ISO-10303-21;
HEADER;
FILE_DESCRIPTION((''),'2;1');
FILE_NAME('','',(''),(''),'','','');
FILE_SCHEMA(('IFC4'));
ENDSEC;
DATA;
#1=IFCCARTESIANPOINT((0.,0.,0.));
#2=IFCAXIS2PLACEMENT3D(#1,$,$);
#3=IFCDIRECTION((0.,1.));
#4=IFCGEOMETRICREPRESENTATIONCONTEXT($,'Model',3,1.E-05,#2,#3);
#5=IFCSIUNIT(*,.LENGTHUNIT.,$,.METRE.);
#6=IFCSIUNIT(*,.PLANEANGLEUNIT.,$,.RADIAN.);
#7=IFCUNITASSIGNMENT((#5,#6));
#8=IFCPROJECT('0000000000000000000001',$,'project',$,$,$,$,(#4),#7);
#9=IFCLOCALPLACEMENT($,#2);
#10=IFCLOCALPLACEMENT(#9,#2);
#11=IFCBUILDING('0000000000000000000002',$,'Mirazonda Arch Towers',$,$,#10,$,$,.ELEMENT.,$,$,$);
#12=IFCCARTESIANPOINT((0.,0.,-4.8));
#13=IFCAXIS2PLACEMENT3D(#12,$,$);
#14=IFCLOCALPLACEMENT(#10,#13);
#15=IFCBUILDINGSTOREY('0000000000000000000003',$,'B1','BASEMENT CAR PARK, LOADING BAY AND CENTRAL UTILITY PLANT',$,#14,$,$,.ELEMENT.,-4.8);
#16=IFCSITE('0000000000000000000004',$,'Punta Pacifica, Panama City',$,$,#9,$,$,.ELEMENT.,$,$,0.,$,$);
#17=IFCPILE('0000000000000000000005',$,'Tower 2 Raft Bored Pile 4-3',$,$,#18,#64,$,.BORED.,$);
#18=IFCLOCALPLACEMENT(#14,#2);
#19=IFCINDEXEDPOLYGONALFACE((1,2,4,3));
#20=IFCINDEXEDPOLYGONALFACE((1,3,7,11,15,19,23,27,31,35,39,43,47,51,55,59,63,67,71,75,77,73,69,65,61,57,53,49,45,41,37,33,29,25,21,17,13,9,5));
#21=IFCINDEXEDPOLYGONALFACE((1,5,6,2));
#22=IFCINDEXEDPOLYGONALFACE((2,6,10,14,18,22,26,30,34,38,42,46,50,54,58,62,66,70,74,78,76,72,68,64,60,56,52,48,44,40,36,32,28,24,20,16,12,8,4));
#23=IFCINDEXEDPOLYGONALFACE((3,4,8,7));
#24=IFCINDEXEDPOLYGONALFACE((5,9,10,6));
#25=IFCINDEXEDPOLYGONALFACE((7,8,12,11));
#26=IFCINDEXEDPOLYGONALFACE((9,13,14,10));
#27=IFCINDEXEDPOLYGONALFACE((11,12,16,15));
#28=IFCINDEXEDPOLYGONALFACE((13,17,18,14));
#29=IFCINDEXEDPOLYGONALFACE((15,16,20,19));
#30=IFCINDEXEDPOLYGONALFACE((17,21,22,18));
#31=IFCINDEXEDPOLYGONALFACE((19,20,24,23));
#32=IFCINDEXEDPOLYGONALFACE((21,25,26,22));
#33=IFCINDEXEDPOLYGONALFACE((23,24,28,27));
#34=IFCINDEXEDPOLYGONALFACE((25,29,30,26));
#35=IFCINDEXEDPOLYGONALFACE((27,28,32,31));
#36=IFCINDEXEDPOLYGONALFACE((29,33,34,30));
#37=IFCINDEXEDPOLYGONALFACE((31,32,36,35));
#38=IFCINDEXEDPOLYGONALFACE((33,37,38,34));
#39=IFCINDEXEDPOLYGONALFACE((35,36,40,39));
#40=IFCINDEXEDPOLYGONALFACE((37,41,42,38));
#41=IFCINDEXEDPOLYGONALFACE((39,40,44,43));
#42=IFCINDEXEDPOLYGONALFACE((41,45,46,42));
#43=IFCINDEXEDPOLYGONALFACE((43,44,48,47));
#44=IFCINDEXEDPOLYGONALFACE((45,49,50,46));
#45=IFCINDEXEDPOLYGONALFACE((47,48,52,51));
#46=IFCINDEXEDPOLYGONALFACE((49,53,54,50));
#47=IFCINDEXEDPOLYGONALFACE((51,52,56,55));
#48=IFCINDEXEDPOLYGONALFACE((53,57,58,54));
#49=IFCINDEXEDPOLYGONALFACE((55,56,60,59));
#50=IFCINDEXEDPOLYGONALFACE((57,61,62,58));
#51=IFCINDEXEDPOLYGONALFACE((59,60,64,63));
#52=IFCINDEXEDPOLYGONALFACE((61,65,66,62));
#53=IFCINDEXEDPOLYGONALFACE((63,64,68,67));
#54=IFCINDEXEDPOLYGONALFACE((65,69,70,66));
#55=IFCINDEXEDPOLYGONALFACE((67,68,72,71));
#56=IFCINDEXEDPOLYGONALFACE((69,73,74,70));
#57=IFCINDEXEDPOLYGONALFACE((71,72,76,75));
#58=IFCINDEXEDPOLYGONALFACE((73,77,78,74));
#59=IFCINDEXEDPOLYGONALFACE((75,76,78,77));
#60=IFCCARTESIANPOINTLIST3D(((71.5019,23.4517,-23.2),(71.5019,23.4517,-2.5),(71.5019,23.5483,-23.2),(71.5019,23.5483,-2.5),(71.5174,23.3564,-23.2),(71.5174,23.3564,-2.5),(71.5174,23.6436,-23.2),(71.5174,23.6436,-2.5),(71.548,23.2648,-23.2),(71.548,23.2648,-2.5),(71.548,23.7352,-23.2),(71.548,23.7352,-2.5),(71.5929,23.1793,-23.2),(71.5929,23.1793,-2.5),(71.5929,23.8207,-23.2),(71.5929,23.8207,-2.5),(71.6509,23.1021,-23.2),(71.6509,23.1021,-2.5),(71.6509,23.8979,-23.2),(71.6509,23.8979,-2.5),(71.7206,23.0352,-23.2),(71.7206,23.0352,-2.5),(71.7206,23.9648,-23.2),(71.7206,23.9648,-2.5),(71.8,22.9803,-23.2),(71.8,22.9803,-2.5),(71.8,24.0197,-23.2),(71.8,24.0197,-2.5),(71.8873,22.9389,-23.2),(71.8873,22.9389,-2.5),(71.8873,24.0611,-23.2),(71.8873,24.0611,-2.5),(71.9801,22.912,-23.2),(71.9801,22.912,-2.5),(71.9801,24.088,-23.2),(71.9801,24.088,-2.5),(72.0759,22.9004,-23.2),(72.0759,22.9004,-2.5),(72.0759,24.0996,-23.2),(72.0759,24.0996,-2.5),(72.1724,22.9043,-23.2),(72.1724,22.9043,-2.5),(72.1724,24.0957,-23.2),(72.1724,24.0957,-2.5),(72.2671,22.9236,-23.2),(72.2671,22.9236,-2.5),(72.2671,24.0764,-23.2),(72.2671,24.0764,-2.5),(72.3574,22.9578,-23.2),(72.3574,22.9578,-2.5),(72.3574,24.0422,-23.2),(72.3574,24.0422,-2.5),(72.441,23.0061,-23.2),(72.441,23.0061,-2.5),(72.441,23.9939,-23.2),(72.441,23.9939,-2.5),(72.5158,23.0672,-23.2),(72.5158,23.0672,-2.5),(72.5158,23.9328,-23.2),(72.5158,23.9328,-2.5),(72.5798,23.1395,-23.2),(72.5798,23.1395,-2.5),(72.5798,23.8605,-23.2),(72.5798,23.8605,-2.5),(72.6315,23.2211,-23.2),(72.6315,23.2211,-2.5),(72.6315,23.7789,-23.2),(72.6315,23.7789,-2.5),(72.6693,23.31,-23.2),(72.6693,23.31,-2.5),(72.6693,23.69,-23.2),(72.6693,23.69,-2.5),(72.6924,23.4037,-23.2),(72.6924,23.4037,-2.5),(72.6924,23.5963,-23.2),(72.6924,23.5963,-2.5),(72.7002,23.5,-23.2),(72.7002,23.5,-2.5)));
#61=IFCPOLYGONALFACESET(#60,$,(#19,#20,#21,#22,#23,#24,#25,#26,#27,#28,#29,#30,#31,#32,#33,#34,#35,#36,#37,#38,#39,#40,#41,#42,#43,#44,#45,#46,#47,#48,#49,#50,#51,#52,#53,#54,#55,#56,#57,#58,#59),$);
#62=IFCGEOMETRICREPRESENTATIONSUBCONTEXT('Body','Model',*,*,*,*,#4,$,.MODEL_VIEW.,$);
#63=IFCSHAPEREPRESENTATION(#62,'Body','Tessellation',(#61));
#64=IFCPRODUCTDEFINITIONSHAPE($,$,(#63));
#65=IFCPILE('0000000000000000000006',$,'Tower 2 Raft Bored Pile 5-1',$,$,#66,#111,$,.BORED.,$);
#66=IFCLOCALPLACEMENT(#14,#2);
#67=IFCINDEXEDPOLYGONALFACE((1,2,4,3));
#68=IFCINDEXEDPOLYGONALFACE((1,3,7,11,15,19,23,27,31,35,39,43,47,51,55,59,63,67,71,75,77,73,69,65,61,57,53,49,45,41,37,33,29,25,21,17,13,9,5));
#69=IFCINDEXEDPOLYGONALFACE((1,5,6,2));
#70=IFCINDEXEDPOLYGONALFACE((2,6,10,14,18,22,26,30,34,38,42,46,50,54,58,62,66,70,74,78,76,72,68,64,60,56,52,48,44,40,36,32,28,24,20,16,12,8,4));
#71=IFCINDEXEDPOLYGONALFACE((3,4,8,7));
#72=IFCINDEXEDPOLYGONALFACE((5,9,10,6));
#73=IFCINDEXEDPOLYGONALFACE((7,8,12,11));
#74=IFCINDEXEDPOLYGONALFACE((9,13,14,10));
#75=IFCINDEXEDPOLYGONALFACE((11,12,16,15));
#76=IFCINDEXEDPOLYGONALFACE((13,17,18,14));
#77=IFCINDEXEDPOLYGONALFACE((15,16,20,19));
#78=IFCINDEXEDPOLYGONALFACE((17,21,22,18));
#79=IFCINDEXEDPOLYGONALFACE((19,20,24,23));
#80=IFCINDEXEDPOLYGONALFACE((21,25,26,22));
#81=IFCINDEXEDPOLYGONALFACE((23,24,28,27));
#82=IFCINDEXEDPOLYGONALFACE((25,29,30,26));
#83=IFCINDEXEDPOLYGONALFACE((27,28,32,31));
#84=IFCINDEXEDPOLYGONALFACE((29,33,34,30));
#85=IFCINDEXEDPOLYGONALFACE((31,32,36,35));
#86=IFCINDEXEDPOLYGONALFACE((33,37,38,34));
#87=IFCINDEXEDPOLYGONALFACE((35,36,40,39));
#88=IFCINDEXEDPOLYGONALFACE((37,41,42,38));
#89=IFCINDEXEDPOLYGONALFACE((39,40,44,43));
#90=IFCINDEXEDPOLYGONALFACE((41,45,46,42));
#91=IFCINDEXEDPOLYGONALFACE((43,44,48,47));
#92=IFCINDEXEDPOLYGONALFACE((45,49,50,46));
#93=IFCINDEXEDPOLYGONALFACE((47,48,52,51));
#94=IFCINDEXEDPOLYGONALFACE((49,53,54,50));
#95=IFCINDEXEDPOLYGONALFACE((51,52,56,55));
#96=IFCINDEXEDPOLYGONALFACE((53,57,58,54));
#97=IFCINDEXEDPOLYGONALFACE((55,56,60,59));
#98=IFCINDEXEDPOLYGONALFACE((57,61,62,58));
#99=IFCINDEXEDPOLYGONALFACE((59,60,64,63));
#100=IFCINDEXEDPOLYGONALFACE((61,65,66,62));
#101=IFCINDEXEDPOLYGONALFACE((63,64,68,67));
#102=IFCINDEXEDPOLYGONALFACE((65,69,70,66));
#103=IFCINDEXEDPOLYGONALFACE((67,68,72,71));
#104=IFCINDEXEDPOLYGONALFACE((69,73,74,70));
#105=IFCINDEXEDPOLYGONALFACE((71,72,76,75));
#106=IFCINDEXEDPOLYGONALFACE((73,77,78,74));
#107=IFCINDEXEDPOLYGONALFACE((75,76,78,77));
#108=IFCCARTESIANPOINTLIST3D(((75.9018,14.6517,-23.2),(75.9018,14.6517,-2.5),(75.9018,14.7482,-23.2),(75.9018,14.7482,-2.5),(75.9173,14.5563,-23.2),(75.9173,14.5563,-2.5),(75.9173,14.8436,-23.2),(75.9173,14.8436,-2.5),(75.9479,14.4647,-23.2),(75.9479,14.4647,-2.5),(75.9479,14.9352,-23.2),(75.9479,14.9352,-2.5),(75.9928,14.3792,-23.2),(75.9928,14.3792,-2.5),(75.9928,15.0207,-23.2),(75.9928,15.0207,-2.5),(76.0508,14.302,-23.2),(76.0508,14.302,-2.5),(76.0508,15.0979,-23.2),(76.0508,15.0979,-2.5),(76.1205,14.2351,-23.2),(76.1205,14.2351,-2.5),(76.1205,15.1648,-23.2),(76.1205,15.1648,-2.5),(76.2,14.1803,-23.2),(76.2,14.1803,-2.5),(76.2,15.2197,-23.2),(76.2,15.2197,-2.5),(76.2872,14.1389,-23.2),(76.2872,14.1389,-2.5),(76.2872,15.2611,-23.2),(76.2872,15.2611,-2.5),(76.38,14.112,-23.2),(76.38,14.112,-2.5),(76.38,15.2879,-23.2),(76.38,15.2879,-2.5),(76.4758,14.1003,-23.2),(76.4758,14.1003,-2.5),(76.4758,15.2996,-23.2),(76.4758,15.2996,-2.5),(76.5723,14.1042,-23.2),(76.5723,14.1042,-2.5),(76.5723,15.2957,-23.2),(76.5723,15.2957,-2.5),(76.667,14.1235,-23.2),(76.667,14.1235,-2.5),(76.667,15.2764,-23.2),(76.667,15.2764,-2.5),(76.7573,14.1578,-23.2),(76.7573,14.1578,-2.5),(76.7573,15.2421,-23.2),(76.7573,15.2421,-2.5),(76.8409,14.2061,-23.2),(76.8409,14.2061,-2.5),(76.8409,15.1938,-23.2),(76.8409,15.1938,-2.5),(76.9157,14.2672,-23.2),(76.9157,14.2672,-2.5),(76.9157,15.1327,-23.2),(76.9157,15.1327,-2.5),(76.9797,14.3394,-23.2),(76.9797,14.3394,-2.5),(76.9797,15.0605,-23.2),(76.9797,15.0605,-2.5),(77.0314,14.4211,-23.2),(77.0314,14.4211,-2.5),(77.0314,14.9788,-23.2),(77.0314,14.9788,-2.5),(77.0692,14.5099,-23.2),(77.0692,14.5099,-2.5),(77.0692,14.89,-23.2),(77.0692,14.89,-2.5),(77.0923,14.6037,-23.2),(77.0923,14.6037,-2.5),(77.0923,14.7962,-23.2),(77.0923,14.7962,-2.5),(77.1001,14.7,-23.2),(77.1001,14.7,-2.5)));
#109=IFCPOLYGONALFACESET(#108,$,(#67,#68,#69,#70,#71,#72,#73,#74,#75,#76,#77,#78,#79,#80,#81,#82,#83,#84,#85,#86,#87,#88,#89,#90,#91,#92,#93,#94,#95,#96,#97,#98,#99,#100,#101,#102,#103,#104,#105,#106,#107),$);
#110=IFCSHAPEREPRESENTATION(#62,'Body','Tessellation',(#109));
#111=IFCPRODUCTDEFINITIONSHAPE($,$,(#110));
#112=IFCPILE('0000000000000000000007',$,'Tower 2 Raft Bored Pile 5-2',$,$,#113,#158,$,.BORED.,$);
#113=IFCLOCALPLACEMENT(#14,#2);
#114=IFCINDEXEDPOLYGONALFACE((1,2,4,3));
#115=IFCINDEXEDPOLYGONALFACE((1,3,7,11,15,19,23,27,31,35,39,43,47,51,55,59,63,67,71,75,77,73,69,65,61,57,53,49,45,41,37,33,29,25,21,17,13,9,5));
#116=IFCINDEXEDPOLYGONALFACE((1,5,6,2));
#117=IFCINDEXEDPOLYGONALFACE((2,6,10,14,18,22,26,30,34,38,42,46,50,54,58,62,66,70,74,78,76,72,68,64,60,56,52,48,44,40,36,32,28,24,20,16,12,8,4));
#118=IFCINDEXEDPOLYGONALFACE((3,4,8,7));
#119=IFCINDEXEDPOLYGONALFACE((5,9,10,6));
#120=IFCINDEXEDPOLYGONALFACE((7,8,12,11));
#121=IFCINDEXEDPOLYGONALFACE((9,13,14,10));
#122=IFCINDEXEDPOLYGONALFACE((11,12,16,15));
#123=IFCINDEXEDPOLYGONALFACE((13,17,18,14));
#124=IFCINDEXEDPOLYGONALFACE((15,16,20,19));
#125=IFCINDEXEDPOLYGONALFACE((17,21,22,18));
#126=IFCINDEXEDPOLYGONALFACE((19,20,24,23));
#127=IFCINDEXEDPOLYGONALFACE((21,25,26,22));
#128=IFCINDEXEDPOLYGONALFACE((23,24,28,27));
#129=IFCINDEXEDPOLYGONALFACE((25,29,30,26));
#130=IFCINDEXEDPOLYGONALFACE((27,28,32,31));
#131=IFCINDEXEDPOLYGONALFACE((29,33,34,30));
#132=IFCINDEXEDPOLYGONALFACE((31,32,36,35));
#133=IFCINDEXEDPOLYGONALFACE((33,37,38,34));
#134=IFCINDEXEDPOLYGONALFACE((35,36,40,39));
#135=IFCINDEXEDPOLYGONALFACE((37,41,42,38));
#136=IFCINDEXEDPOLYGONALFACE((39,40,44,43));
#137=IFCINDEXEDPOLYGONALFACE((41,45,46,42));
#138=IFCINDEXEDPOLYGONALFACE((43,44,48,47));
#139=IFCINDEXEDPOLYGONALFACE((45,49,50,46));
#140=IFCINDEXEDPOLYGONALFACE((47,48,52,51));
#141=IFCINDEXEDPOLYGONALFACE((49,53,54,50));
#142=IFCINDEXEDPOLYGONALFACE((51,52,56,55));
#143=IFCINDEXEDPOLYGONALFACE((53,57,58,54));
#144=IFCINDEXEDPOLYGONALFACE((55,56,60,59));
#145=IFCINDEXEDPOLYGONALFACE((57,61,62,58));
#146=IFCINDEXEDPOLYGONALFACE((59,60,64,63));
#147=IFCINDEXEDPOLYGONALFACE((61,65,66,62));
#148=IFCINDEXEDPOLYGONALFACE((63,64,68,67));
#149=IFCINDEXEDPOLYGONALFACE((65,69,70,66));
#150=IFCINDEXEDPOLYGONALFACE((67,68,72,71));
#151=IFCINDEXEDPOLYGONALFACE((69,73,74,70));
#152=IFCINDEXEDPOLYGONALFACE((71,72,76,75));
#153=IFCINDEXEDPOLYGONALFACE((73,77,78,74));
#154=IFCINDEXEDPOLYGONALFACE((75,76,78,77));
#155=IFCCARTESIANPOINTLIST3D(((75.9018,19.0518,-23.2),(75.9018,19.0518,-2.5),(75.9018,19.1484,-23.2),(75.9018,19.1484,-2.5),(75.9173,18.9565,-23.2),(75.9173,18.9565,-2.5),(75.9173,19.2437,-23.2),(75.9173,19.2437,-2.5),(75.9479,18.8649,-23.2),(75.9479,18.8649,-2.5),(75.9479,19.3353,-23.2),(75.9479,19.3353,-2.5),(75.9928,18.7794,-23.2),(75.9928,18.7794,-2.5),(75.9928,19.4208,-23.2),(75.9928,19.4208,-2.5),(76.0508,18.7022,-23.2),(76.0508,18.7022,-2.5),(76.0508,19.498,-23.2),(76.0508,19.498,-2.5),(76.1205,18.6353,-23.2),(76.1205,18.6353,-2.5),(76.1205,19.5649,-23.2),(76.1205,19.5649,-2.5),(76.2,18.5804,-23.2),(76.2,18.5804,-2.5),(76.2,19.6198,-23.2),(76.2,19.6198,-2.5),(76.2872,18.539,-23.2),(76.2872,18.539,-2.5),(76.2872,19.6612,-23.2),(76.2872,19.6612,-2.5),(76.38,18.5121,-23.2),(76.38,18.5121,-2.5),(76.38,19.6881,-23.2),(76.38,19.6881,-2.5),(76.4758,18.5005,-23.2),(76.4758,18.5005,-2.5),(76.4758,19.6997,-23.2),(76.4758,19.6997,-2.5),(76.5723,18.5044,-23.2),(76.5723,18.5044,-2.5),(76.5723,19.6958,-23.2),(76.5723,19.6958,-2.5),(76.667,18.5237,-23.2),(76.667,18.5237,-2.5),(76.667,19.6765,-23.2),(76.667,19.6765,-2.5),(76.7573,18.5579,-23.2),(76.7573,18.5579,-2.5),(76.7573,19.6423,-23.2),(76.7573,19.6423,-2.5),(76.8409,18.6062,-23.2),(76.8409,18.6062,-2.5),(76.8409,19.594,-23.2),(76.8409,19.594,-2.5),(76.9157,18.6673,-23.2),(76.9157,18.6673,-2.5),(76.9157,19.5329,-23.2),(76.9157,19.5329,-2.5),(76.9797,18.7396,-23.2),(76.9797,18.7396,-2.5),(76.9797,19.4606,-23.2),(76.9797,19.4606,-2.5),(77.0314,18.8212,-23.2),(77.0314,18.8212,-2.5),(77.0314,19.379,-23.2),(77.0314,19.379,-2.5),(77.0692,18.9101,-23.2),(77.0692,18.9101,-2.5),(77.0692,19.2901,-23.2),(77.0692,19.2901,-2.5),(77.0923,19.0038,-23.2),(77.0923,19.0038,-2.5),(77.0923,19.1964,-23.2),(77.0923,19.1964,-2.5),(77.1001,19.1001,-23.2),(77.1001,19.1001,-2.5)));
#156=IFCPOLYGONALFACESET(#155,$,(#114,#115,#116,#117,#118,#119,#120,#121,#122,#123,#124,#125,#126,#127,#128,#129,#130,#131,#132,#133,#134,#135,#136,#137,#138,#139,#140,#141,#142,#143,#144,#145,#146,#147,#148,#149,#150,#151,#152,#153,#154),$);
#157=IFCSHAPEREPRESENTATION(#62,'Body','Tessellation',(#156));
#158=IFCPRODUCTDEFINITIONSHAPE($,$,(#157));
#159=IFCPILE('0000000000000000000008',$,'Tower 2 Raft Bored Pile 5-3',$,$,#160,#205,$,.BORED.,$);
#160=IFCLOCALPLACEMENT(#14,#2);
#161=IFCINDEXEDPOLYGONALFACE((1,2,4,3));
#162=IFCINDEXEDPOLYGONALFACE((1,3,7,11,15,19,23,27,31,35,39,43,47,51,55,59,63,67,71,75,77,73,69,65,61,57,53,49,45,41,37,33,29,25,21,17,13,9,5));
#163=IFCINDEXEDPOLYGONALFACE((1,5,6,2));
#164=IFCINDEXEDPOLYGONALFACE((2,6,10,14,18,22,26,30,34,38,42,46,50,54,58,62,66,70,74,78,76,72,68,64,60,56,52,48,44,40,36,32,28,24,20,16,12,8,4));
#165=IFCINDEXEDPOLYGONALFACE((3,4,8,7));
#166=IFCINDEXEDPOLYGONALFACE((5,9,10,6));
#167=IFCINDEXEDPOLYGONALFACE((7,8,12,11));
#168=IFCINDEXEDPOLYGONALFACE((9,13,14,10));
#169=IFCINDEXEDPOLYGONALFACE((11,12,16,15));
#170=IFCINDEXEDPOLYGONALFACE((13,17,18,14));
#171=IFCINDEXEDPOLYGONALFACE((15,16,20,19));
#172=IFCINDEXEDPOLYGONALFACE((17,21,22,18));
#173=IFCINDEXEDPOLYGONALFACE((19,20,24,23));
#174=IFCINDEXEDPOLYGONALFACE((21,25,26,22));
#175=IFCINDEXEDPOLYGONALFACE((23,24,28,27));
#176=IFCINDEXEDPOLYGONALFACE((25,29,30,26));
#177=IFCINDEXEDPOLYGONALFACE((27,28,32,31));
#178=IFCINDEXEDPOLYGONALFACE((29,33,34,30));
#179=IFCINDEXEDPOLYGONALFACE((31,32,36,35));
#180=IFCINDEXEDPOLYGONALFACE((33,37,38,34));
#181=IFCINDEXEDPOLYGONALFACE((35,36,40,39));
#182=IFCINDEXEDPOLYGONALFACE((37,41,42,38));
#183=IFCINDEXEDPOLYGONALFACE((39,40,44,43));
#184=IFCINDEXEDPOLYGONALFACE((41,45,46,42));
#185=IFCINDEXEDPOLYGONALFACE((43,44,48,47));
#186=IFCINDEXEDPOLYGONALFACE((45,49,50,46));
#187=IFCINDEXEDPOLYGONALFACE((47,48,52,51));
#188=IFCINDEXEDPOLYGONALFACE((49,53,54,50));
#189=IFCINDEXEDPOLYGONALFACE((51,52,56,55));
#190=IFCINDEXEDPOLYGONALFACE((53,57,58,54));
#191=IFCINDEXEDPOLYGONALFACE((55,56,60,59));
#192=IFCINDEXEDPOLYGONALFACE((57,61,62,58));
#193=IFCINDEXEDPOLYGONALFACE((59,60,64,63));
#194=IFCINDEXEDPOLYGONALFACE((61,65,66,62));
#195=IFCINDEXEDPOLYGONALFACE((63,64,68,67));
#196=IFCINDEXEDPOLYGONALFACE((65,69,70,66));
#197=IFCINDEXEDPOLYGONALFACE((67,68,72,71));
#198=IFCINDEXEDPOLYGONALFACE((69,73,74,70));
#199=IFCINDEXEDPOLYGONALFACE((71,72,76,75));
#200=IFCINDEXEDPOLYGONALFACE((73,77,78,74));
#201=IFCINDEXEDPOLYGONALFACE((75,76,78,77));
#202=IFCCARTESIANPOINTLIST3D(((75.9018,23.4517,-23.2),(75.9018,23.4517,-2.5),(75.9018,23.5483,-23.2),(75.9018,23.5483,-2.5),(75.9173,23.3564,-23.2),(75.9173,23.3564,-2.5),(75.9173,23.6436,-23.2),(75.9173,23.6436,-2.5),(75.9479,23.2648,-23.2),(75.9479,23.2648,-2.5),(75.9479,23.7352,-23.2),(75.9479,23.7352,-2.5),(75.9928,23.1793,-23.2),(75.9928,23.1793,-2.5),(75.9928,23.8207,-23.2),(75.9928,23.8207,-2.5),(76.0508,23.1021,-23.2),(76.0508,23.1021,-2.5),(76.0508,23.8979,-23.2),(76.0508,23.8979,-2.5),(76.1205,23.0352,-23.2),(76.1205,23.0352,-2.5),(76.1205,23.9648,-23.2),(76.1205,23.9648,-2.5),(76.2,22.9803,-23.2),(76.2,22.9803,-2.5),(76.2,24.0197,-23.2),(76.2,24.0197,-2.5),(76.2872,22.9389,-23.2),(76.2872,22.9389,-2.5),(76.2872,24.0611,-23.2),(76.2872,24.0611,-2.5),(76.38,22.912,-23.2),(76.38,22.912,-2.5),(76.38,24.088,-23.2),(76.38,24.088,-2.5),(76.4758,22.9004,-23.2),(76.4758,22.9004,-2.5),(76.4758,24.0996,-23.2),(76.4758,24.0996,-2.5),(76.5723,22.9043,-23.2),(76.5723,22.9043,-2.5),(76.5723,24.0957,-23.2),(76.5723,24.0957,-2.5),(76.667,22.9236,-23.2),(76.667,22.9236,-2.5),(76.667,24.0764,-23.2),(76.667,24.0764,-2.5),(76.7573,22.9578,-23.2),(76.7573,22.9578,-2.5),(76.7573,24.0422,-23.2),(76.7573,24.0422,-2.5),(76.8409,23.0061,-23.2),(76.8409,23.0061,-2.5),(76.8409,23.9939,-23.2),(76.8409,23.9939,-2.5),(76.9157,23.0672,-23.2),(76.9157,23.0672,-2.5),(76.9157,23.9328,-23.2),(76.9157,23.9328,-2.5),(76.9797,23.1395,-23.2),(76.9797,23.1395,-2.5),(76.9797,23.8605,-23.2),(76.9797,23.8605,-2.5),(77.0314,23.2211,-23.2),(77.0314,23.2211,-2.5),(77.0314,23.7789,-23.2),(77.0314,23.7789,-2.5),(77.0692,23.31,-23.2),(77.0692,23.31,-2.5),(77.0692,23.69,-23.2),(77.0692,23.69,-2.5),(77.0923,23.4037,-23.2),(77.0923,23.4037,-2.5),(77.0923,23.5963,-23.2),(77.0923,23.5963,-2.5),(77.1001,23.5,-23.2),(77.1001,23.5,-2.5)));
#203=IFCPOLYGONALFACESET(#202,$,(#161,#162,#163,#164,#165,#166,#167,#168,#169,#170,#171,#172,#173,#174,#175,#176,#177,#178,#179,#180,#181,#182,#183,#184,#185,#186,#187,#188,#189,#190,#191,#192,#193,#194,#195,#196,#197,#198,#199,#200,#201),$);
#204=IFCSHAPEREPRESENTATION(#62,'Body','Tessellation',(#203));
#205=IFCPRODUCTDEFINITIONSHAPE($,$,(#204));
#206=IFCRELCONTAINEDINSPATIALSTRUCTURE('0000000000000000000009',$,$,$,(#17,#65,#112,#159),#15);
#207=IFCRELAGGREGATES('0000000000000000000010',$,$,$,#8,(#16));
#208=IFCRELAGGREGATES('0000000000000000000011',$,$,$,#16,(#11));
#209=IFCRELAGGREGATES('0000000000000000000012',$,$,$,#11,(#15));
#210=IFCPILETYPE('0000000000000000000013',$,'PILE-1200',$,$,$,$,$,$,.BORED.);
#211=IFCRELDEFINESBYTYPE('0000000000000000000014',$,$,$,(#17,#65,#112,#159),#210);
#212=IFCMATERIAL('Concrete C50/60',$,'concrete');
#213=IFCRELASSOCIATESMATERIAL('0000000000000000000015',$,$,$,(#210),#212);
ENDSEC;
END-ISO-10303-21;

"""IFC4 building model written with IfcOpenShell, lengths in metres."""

from ifc_helpers import new_model, si_unit, direction, frame, origin, origin_2d, place, context, subcontext, project, spatial, circle, extrude, material, material_profile, profile_set, type_object, element, save


model = new_model("IFC4")

# Units and contexts
model_context = context("Model", 3, precision=1e-05, world=origin(), true_north=direction((0.0, 1.0)))
body_context = subcontext(model_context, "Body", "Model", "MODEL_VIEW")
ifc_project = project(units=[si_unit("LENGTHUNIT", "METRE"), si_unit("PLANEANGLEUNIT", "RADIAN")], contexts=[model_context])

# Site, building, storey
site_placement = place(None, origin())
site = spatial("IfcSite", under=ifc_project, at=site_placement, Name="Punta Pacifica, Panama City", CompositionType="ELEMENT", RefElevation=0.0)
building_placement = place(site_placement, origin())
building = spatial("IfcBuilding", under=site, at=building_placement, Name="Mirazonda Arch Towers", CompositionType="ELEMENT")
storey_placement = place(building_placement, frame((0.0, 0.0, -4.8)))
storey = spatial("IfcBuildingStorey", under=building, at=storey_placement, Name="B1", Description="BASEMENT CAR PARK, LOADING BAY AND CENTRAL UTILITY PLANT", CompositionType="ELEMENT", Elevation=-4.8)

# Piles
ifc_material_1 = material(Name="Concrete C50/60", Category="concrete")
ifc_material_profile_1 = material_profile(ifc_material_1, circle(Radius=0.6001, at=origin_2d()), Name="BORED-D1200")
ifc_profile_set_1 = profile_set([ifc_material_profile_1], Name="Concrete C50/60")
pile_type_1 = type_object("IfcPileType", Name="PILE-1200", PredefinedType="BORED", material=ifc_profile_set_1)
for number, where, z_axis, x_axis, name in (
    (1, (72.1001, 23.5, -2.5), (0.0, 0.0, -1.0), (1.0, 0.0, 0.0), "Tower 2 Raft Bored Pile 4-3"),
    (2, (76.5, 14.7, -2.5), (0.0, 0.0, -1.0), (1.0, 0.0, 0.0), "Tower 2 Raft Bored Pile 5-1"),
    (3, (76.5, 19.1001, -2.5), (0.0, 0.0, -1.0), (1.0, 0.0, 0.0), "Tower 2 Raft Bored Pile 5-2"),
    (4, (76.5, 23.5, -2.5), (0.0, 0.0, -1.0), (1.0, 0.0, 0.0), "Tower 2 Raft Bored Pile 5-3"),
):
    element("IfcPile", number, at=place(storey_placement, frame(where, z_axis=z_axis, x_axis=x_axis)), inside=storey, type_object=pile_type_1, Name=name, PredefinedType="BORED", context=body_context, shape_type="SweptSolid", body=[
        extrude(circle(Radius=0.6001, at=origin_2d()), origin(), (0.0, 0.0, 1.0), 20.7),
    ])

save(model, "model.ifc")
